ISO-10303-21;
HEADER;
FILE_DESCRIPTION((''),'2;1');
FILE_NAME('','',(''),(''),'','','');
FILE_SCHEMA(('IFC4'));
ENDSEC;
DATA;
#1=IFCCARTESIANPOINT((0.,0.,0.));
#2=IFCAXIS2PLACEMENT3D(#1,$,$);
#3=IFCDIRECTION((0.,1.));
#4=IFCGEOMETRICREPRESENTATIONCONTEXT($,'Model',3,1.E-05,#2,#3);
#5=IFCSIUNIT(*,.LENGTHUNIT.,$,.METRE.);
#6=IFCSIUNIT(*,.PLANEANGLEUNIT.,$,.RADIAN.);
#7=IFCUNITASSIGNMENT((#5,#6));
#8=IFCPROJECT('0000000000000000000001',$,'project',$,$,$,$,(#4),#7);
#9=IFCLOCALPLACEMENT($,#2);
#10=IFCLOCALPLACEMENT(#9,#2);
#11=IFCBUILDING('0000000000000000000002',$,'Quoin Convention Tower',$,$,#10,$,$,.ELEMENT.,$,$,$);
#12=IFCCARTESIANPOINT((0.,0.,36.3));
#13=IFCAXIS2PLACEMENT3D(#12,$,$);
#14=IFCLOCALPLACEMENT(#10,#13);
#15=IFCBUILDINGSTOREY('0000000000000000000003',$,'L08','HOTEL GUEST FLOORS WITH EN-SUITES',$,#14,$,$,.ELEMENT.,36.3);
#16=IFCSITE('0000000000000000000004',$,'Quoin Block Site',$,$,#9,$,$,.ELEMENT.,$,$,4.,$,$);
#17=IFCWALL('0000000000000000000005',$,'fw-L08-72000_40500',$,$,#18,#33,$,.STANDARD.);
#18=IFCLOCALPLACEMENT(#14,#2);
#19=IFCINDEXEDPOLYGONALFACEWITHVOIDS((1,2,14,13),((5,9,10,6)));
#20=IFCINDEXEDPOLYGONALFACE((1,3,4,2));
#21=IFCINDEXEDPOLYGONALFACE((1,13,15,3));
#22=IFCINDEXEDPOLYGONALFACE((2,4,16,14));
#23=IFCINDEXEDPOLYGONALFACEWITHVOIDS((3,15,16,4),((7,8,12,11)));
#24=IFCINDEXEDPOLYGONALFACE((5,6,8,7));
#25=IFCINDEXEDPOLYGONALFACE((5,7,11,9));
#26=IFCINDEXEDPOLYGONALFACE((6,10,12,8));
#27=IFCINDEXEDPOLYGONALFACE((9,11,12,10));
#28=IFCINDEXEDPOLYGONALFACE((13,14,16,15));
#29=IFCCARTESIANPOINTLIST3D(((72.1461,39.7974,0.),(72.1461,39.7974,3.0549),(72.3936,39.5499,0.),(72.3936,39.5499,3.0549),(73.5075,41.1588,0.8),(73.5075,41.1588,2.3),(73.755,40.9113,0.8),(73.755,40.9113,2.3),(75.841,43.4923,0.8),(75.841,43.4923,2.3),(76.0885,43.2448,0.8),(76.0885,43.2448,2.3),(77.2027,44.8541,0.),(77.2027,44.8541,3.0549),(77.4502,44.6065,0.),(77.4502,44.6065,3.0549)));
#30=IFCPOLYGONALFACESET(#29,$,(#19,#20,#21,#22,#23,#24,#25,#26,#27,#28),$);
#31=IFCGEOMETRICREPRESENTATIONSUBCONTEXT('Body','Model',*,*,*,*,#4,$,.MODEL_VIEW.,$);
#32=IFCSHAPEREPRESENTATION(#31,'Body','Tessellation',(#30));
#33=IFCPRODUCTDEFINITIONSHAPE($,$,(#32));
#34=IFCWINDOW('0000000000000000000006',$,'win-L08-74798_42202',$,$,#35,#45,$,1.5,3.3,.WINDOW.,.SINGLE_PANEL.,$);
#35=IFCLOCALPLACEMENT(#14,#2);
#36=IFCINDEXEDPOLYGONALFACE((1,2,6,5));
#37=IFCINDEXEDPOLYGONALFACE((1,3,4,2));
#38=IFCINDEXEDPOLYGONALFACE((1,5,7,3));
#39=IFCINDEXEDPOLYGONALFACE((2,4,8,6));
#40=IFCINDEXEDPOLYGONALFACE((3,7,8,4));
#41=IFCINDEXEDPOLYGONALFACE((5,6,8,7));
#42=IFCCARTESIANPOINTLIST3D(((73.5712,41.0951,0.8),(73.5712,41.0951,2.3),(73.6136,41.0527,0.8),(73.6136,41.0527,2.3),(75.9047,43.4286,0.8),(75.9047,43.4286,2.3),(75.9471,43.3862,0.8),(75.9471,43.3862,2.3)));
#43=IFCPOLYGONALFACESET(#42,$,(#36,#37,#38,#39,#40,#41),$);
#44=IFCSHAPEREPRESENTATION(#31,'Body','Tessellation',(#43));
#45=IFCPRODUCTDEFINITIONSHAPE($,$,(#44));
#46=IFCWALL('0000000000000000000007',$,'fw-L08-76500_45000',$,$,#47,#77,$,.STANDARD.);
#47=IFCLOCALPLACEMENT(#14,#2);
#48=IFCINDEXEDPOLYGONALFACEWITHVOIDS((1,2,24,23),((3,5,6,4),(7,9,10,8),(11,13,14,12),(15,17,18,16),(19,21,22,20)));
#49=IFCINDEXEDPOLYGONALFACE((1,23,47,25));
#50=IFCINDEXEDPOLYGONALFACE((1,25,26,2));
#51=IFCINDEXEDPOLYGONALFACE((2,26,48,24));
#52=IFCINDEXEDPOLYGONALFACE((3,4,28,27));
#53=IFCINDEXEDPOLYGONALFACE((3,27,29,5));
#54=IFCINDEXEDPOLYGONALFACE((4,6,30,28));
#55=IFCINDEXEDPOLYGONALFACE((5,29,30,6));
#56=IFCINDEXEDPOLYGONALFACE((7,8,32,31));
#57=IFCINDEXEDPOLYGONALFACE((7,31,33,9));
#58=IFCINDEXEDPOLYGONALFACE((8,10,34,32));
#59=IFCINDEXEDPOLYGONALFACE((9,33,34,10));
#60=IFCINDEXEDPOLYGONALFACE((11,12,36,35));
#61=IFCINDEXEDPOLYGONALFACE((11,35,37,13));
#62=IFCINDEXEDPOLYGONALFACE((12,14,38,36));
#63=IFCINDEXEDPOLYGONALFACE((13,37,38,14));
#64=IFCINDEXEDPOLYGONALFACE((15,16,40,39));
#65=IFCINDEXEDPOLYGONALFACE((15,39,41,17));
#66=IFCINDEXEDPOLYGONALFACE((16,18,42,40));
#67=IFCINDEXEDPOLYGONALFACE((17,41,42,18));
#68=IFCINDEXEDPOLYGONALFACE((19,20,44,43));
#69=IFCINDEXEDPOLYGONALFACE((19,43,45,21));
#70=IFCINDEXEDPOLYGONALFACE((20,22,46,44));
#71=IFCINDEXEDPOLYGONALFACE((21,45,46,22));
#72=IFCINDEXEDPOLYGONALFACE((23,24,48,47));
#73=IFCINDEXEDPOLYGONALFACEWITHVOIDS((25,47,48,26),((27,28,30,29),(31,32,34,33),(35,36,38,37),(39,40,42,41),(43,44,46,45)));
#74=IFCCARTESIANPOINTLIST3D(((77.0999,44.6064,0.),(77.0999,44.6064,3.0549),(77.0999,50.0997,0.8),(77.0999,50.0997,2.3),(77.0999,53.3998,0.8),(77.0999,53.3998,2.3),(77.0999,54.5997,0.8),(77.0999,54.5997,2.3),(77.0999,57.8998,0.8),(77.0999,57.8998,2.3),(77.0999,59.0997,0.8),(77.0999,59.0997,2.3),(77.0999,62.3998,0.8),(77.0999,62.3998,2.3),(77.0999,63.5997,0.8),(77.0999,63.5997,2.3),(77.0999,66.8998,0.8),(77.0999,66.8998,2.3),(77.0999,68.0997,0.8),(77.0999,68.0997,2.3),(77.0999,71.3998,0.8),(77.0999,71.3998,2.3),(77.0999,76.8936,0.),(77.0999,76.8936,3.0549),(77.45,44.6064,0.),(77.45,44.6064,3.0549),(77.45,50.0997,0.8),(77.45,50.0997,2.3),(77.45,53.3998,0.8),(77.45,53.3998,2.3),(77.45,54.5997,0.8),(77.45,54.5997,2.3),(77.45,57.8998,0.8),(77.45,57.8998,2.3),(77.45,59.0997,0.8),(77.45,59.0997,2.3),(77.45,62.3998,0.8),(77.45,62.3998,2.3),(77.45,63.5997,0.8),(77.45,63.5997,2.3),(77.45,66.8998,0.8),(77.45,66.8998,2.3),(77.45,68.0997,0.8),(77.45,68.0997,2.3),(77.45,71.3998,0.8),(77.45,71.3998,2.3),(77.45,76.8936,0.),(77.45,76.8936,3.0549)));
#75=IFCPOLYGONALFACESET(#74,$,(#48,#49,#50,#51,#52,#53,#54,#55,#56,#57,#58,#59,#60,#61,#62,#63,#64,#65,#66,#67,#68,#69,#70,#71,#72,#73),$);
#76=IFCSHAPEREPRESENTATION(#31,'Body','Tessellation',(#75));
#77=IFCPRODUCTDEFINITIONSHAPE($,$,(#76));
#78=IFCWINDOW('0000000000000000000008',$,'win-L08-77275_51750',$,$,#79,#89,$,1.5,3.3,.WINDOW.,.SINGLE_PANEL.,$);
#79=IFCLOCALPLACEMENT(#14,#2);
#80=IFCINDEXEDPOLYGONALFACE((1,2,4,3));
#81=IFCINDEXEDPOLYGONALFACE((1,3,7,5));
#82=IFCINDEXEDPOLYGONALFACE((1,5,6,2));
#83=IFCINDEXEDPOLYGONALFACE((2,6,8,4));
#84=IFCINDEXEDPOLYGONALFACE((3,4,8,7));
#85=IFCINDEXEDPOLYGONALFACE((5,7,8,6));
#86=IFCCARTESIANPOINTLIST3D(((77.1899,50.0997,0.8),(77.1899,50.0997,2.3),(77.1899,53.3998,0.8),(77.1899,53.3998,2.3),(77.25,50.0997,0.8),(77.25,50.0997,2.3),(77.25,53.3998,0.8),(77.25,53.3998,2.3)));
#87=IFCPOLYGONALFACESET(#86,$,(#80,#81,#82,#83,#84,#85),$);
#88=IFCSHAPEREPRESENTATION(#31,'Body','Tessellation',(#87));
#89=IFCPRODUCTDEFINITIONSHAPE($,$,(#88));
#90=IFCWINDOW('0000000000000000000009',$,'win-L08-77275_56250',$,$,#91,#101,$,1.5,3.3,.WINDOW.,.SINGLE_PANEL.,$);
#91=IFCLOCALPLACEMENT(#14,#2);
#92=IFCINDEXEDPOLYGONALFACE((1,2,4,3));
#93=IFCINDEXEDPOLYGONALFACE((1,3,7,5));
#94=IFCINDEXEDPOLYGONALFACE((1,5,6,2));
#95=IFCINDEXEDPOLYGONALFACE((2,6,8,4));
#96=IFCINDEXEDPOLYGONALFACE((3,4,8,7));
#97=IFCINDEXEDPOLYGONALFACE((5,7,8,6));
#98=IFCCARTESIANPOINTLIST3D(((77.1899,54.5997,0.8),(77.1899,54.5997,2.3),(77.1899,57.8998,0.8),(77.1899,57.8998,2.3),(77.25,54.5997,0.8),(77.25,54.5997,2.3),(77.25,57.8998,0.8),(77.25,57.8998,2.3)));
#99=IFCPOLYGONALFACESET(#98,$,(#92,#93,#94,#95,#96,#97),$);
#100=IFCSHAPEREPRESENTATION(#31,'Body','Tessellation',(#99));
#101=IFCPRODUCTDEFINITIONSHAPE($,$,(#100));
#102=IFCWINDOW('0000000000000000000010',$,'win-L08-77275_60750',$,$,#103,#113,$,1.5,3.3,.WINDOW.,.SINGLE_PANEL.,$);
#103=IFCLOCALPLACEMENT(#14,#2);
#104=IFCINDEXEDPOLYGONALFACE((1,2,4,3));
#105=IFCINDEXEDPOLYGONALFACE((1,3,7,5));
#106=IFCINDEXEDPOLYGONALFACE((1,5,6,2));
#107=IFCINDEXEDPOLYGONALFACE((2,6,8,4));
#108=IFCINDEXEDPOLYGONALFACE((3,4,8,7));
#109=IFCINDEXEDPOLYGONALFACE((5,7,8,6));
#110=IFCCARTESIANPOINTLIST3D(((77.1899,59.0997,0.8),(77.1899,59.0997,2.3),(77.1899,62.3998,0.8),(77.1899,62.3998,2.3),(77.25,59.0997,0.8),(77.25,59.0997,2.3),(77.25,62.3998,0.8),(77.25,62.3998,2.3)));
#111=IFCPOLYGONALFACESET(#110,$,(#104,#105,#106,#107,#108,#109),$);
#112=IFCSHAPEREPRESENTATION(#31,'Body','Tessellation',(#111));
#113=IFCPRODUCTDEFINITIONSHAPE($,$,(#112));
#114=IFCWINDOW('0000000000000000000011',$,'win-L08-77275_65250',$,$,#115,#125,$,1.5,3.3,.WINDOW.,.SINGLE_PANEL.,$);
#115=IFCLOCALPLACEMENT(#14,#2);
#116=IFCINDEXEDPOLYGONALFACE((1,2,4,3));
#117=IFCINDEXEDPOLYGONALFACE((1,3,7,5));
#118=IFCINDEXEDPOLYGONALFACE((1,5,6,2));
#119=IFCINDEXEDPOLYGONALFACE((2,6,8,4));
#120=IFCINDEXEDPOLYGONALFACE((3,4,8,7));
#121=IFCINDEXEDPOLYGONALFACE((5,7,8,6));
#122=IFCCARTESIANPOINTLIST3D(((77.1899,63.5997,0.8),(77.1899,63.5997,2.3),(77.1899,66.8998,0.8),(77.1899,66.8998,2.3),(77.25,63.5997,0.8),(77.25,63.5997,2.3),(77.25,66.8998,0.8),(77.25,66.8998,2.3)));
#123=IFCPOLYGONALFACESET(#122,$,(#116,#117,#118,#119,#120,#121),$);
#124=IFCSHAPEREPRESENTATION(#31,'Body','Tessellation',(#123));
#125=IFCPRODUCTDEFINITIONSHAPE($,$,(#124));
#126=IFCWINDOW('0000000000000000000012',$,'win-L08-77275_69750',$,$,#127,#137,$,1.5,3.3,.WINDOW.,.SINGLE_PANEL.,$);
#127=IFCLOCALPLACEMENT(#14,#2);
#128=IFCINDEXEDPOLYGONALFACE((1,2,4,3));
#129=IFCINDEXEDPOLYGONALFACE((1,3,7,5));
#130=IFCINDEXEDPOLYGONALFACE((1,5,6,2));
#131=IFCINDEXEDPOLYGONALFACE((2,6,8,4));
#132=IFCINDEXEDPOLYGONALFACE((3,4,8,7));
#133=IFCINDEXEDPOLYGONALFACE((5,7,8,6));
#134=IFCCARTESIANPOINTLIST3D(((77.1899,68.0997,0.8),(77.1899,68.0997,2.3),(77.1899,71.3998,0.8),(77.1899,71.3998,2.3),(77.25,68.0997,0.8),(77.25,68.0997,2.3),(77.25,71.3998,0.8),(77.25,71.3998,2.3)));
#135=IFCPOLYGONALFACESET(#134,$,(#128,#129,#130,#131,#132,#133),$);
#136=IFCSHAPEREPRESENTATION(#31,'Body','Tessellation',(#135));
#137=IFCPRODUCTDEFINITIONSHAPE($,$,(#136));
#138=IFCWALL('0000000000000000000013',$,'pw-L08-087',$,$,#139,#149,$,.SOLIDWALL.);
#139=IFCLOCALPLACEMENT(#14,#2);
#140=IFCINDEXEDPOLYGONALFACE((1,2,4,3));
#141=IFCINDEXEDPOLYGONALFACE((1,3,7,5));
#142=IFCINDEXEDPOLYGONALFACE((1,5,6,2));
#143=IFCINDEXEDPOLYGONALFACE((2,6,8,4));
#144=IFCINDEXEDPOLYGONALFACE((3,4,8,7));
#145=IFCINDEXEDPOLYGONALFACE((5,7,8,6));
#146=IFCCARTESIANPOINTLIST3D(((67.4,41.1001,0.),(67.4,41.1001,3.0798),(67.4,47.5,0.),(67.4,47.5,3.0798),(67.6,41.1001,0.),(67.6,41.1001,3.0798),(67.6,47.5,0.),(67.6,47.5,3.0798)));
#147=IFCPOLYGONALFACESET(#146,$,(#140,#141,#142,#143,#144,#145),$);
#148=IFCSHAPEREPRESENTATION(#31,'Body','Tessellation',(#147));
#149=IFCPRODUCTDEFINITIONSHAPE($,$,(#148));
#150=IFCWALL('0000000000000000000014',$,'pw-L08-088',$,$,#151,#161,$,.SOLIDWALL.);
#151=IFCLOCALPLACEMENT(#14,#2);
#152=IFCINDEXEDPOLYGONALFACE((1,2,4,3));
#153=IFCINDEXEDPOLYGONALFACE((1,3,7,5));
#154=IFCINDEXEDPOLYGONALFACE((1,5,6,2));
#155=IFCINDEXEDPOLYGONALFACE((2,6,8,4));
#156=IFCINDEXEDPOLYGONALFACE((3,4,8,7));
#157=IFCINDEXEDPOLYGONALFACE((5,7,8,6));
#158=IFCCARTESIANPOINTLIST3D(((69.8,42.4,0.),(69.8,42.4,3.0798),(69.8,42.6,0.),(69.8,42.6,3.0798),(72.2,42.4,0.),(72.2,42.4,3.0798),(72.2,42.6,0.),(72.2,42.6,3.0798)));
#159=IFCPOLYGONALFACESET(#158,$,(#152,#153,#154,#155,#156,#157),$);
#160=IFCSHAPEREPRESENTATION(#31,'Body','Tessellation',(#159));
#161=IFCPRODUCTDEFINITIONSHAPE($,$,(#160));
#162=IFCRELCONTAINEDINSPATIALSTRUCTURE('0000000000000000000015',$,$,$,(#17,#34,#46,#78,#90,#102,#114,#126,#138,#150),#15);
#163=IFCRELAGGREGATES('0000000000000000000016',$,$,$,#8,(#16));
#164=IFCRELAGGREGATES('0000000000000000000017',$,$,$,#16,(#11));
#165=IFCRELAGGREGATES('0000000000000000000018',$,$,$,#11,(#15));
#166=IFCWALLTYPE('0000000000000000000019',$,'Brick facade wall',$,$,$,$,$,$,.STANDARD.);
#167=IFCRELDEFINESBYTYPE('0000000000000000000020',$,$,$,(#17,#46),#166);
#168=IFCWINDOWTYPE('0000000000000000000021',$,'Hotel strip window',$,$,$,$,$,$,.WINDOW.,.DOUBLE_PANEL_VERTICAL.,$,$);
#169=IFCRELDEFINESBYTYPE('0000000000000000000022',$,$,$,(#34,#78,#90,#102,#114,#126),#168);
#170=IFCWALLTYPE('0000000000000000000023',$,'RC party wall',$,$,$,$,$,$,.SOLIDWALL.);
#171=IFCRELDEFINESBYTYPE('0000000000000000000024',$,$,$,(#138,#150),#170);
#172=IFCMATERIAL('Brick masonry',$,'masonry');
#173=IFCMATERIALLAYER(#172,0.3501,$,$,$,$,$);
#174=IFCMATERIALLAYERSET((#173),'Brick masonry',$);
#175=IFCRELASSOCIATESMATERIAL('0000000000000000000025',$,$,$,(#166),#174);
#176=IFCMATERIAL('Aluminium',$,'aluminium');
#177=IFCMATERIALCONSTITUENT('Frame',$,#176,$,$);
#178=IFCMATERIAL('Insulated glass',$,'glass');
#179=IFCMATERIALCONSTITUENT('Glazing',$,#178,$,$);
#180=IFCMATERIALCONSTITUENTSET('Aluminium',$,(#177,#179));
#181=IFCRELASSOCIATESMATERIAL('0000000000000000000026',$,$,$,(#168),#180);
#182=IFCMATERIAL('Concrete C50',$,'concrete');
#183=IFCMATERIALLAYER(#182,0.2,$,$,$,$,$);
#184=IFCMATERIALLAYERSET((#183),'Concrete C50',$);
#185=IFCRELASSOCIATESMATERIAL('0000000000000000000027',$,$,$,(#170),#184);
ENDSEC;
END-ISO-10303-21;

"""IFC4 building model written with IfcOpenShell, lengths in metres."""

from ifc_helpers import new_model, si_unit, direction, frame, frame_2d, origin, place, context, subcontext, project, spatial, rectangle, extrude, material, layer, layer_set, constituent, constituent_set, type_object, element, fill, save


model = new_model("IFC4")

# Units and contexts
model_context = context("Model", 3, precision=1e-05, world=origin(), true_north=direction((0.0, 1.0)))
body_context = subcontext(model_context, "Body", "Model", "MODEL_VIEW")
ifc_project = project(units=[si_unit("LENGTHUNIT", "METRE"), si_unit("PLANEANGLEUNIT", "RADIAN")], contexts=[model_context])

# Site, building, storey
site_placement = place(None, origin())
site = spatial("IfcSite", under=ifc_project, at=site_placement, Name="Quoin Block Site", CompositionType="ELEMENT", RefElevation=4.0)
building_placement = place(site_placement, origin())
building = spatial("IfcBuilding", under=site, at=building_placement, Name="Quoin Convention Tower", CompositionType="ELEMENT")
storey_placement = place(building_placement, frame((0.0, 0.0, 36.3)))
storey = spatial("IfcBuildingStorey", under=building, at=storey_placement, Name="L08", Description="HOTEL GUEST FLOORS WITH EN-SUITES", CompositionType="ELEMENT", Elevation=36.3)

# Wall, opening, window
ifc_material_1 = material(Name="Brick masonry", Category="masonry")
ifc_layer_1 = layer(ifc_material_1, 0.3501)
ifc_layer_set_1 = layer_set([ifc_layer_1], Name="Brick masonry")
wall_type_1 = type_object("IfcWallType", Name="Brick facade wall", PredefinedType="STANDARD", material=ifc_layer_set_1)
wall_1_placement = place(storey_placement, frame((72.2698, 39.6736, 0.0), z_axis=(0.0, 0.0, 1.0), x_axis=(0.707107, 0.707107, 0.0)))
wall_1 = element("IfcWall", 1, at=wall_1_placement, inside=storey, type_object=wall_type_1, Name="fw-L08-72000_40500", PredefinedType="STANDARD", context=body_context, shape_type="SweptSolid", body=[
    extrude(rectangle(XDim=7.1511, YDim=0.3501, at=frame_2d((3.5757, 0.0))), origin(), (0.0, 0.0, 1.0), 3.0549),
])
opening_1_placement = place(wall_1_placement, frame((1.9255, 0.0, 0.8)))
opening_1 = element("IfcOpeningElement", 2, at=opening_1_placement, cuts=wall_1, PredefinedType="OPENING", context=body_context, shape_type="SweptSolid", body=[
    extrude(rectangle(XDim=3.3, YDim=1.5, at=frame_2d((1.6499, 0.75))), frame((0.0, 0.1851, 0.0), z_axis=(0.0, -1.0, 0.0), x_axis=(1.0, 0.0, 0.0)), (0.0, 0.0, 1.0), 0.3701),
])
ifc_material_2 = material(Name="Aluminium", Category="aluminium")
ifc_constituent_1 = constituent(ifc_material_2, Name="Frame")
ifc_material_3 = material(Name="Insulated glass", Category="glass")
ifc_constituent_2 = constituent(ifc_material_3, Name="Glazing")
ifc_constituent_set = constituent_set(constituents=[ifc_constituent_1, ifc_constituent_2], Name="Aluminium")
window_type = type_object("IfcWindowType", Name="Hotel strip window", PartitioningType="DOUBLE_PANEL_VERTICAL", PredefinedType="WINDOW", material=ifc_constituent_set)
window_1_placement = place(opening_1_placement, origin())
window_1 = element("IfcWindow", 3, at=window_1_placement, inside=storey, type_object=window_type, Name="win-L08-74798_42202", OverallHeight=1.5, OverallWidth=3.3, PartitioningType="SINGLE_PANEL", PredefinedType="WINDOW", context=body_context, shape_type="SweptSolid", body=[
    extrude(rectangle(XDim=3.3, YDim=1.5, at=frame_2d((1.6499, 0.75))), frame((0.0, 0.085, 0.0), z_axis=(0.0, -1.0, 0.0), x_axis=(1.0, 0.0, 0.0)), (0.0, 0.0, 1.0), 0.0601),
])
fill(opening_1, window_1)

# Wall, openings, windows
wall_2_placement = place(storey_placement, frame((77.2749, 44.6064, 0.0), z_axis=(0.0, 0.0, 1.0), x_axis=(0.0, 1.0, 0.0)))
wall_2 = element("IfcWall", 4, at=wall_2_placement, inside=storey, type_object=wall_type_1, Name="fw-L08-76500_45000", PredefinedType="STANDARD", context=body_context, shape_type="SweptSolid", body=[
    extrude(rectangle(XDim=32.2871, YDim=0.3501, at=frame_2d((16.1436, 0.0))), origin(), (0.0, 0.0, 1.0), 3.0549),
])
opening_2_placement = place(wall_2_placement, frame((5.4934, 0.0, 0.8)))
opening_2 = element("IfcOpeningElement", 5, at=opening_2_placement, cuts=wall_2, PredefinedType="OPENING", context=body_context, shape_type="SweptSolid", body=[
    extrude(rectangle(XDim=3.3, YDim=1.5, at=frame_2d((1.6499, 0.75))), frame((0.0, 0.1851, 0.0), z_axis=(0.0, -1.0, 0.0), x_axis=(1.0, 0.0, 0.0)), (0.0, 0.0, 1.0), 0.3701),
])
opening_3_placement = place(wall_2_placement, frame((9.9934, 0.0, 0.8)))
opening_3 = element("IfcOpeningElement", 6, at=opening_3_placement, cuts=wall_2, PredefinedType="OPENING", context=body_context, shape_type="SweptSolid", body=[
    extrude(rectangle(XDim=3.3, YDim=1.5, at=frame_2d((1.6499, 0.75))), frame((0.0, 0.1851, 0.0), z_axis=(0.0, -1.0, 0.0), x_axis=(1.0, 0.0, 0.0)), (0.0, 0.0, 1.0), 0.3701),
])
opening_4_placement = place(wall_2_placement, frame((14.4934, 0.0, 0.8)))
opening_4 = element("IfcOpeningElement", 7, at=opening_4_placement, cuts=wall_2, PredefinedType="OPENING", context=body_context, shape_type="SweptSolid", body=[
    extrude(rectangle(XDim=3.3, YDim=1.5, at=frame_2d((1.6499, 0.75))), frame((0.0, 0.1851, 0.0), z_axis=(0.0, -1.0, 0.0), x_axis=(1.0, 0.0, 0.0)), (0.0, 0.0, 1.0), 0.3701),
])
opening_5_placement = place(wall_2_placement, frame((18.9934, 0.0, 0.8)))
opening_5 = element("IfcOpeningElement", 8, at=opening_5_placement, cuts=wall_2, PredefinedType="OPENING", context=body_context, shape_type="SweptSolid", body=[
    extrude(rectangle(XDim=3.3, YDim=1.5, at=frame_2d((1.6499, 0.75))), frame((0.0, 0.1851, 0.0), z_axis=(0.0, -1.0, 0.0), x_axis=(1.0, 0.0, 0.0)), (0.0, 0.0, 1.0), 0.3701),
])
opening_6_placement = place(wall_2_placement, frame((23.4934, 0.0, 0.8)))
opening_6 = element("IfcOpeningElement", 9, at=opening_6_placement, cuts=wall_2, PredefinedType="OPENING", context=body_context, shape_type="SweptSolid", body=[
    extrude(rectangle(XDim=3.3, YDim=1.5, at=frame_2d((1.6499, 0.75))), frame((0.0, 0.1851, 0.0), z_axis=(0.0, -1.0, 0.0), x_axis=(1.0, 0.0, 0.0)), (0.0, 0.0, 1.0), 0.3701),
])
window_2_placement = place(opening_2_placement, origin())
window_2 = element("IfcWindow", 10, at=window_2_placement, inside=storey, type_object=window_type, Name="win-L08-77275_51750", OverallHeight=1.5, OverallWidth=3.3, PartitioningType="SINGLE_PANEL", PredefinedType="WINDOW", context=body_context, shape_type="SweptSolid", body=[
    extrude(rectangle(XDim=3.3, YDim=1.5, at=frame_2d((1.6499, 0.75))), frame((0.0, 0.085, 0.0), z_axis=(0.0, -1.0, 0.0), x_axis=(1.0, 0.0, 0.0)), (0.0, 0.0, 1.0), 0.0601),
])
fill(opening_2, window_2)
window_3_placement = place(opening_3_placement, origin())
window_3 = element("IfcWindow", 11, at=window_3_placement, inside=storey, type_object=window_type, Name="win-L08-77275_56250", OverallHeight=1.5, OverallWidth=3.3, PartitioningType="SINGLE_PANEL", PredefinedType="WINDOW", context=body_context, shape_type="SweptSolid", body=[
    extrude(rectangle(XDim=3.3, YDim=1.5, at=frame_2d((1.6499, 0.75))), frame((0.0, 0.085, 0.0), z_axis=(0.0, -1.0, 0.0), x_axis=(1.0, 0.0, 0.0)), (0.0, 0.0, 1.0), 0.0601),
])
fill(opening_3, window_3)
window_4_placement = place(opening_4_placement, origin())
window_4 = element("IfcWindow", 12, at=window_4_placement, inside=storey, type_object=window_type, Name="win-L08-77275_60750", OverallHeight=1.5, OverallWidth=3.3, PartitioningType="SINGLE_PANEL", PredefinedType="WINDOW", context=body_context, shape_type="SweptSolid", body=[
    extrude(rectangle(XDim=3.3, YDim=1.5, at=frame_2d((1.6499, 0.75))), frame((0.0, 0.085, 0.0), z_axis=(0.0, -1.0, 0.0), x_axis=(1.0, 0.0, 0.0)), (0.0, 0.0, 1.0), 0.0601),
])
fill(opening_4, window_4)
window_5_placement = place(opening_5_placement, origin())
window_5 = element("IfcWindow", 13, at=window_5_placement, inside=storey, type_object=window_type, Name="win-L08-77275_65250", OverallHeight=1.5, OverallWidth=3.3, PartitioningType="SINGLE_PANEL", PredefinedType="WINDOW", context=body_context, shape_type="SweptSolid", body=[
    extrude(rectangle(XDim=3.3, YDim=1.5, at=frame_2d((1.6499, 0.75))), frame((0.0, 0.085, 0.0), z_axis=(0.0, -1.0, 0.0), x_axis=(1.0, 0.0, 0.0)), (0.0, 0.0, 1.0), 0.0601),
])
fill(opening_5, window_5)
window_6_placement = place(opening_6_placement, origin())
window_6 = element("IfcWindow", 14, at=window_6_placement, inside=storey, type_object=window_type, Name="win-L08-77275_69750", OverallHeight=1.5, OverallWidth=3.3, PartitioningType="SINGLE_PANEL", PredefinedType="WINDOW", context=body_context, shape_type="SweptSolid", body=[
    extrude(rectangle(XDim=3.3, YDim=1.5, at=frame_2d((1.6499, 0.75))), frame((0.0, 0.085, 0.0), z_axis=(0.0, -1.0, 0.0), x_axis=(1.0, 0.0, 0.0)), (0.0, 0.0, 1.0), 0.0601),
])
fill(opening_6, window_6)

# Walls
ifc_material_4 = material(Name="Concrete C50", Category="concrete")
ifc_layer_2 = layer(ifc_material_4, 0.2)
ifc_layer_set_2 = layer_set([ifc_layer_2], Name="Concrete C50")
wall_type_2 = type_object("IfcWallType", Name="RC party wall", PredefinedType="SOLIDWALL", material=ifc_layer_set_2)
wall_3_placement = place(storey_placement, frame((67.5, 41.1001, 0.0), z_axis=(0.0, 0.0, 1.0), x_axis=(0.0, 1.0, 0.0)))
element("IfcWall", 15, at=wall_3_placement, inside=storey, type_object=wall_type_2, Name="pw-L08-087", PredefinedType="SOLIDWALL", context=body_context, shape_type="SweptSolid", body=[
    extrude(rectangle(XDim=6.3999, YDim=0.2, at=frame_2d((3.2, 0.0))), origin(), (0.0, 0.0, 1.0), 3.0798),
])
wall_4_placement = place(storey_placement, frame((69.8, 42.5, 0.0), z_axis=(0.0, 0.0, 1.0), x_axis=(1.0, 0.0, 0.0)))
element("IfcWall", 16, at=wall_4_placement, inside=storey, type_object=wall_type_2, Name="pw-L08-088", PredefinedType="SOLIDWALL", context=body_context, shape_type="SweptSolid", body=[
    extrude(rectangle(XDim=2.3999, YDim=0.2, at=frame_2d((1.2, 0.0))), origin(), (0.0, 0.0, 1.0), 3.0798),
])

save(model, "model.ifc")
